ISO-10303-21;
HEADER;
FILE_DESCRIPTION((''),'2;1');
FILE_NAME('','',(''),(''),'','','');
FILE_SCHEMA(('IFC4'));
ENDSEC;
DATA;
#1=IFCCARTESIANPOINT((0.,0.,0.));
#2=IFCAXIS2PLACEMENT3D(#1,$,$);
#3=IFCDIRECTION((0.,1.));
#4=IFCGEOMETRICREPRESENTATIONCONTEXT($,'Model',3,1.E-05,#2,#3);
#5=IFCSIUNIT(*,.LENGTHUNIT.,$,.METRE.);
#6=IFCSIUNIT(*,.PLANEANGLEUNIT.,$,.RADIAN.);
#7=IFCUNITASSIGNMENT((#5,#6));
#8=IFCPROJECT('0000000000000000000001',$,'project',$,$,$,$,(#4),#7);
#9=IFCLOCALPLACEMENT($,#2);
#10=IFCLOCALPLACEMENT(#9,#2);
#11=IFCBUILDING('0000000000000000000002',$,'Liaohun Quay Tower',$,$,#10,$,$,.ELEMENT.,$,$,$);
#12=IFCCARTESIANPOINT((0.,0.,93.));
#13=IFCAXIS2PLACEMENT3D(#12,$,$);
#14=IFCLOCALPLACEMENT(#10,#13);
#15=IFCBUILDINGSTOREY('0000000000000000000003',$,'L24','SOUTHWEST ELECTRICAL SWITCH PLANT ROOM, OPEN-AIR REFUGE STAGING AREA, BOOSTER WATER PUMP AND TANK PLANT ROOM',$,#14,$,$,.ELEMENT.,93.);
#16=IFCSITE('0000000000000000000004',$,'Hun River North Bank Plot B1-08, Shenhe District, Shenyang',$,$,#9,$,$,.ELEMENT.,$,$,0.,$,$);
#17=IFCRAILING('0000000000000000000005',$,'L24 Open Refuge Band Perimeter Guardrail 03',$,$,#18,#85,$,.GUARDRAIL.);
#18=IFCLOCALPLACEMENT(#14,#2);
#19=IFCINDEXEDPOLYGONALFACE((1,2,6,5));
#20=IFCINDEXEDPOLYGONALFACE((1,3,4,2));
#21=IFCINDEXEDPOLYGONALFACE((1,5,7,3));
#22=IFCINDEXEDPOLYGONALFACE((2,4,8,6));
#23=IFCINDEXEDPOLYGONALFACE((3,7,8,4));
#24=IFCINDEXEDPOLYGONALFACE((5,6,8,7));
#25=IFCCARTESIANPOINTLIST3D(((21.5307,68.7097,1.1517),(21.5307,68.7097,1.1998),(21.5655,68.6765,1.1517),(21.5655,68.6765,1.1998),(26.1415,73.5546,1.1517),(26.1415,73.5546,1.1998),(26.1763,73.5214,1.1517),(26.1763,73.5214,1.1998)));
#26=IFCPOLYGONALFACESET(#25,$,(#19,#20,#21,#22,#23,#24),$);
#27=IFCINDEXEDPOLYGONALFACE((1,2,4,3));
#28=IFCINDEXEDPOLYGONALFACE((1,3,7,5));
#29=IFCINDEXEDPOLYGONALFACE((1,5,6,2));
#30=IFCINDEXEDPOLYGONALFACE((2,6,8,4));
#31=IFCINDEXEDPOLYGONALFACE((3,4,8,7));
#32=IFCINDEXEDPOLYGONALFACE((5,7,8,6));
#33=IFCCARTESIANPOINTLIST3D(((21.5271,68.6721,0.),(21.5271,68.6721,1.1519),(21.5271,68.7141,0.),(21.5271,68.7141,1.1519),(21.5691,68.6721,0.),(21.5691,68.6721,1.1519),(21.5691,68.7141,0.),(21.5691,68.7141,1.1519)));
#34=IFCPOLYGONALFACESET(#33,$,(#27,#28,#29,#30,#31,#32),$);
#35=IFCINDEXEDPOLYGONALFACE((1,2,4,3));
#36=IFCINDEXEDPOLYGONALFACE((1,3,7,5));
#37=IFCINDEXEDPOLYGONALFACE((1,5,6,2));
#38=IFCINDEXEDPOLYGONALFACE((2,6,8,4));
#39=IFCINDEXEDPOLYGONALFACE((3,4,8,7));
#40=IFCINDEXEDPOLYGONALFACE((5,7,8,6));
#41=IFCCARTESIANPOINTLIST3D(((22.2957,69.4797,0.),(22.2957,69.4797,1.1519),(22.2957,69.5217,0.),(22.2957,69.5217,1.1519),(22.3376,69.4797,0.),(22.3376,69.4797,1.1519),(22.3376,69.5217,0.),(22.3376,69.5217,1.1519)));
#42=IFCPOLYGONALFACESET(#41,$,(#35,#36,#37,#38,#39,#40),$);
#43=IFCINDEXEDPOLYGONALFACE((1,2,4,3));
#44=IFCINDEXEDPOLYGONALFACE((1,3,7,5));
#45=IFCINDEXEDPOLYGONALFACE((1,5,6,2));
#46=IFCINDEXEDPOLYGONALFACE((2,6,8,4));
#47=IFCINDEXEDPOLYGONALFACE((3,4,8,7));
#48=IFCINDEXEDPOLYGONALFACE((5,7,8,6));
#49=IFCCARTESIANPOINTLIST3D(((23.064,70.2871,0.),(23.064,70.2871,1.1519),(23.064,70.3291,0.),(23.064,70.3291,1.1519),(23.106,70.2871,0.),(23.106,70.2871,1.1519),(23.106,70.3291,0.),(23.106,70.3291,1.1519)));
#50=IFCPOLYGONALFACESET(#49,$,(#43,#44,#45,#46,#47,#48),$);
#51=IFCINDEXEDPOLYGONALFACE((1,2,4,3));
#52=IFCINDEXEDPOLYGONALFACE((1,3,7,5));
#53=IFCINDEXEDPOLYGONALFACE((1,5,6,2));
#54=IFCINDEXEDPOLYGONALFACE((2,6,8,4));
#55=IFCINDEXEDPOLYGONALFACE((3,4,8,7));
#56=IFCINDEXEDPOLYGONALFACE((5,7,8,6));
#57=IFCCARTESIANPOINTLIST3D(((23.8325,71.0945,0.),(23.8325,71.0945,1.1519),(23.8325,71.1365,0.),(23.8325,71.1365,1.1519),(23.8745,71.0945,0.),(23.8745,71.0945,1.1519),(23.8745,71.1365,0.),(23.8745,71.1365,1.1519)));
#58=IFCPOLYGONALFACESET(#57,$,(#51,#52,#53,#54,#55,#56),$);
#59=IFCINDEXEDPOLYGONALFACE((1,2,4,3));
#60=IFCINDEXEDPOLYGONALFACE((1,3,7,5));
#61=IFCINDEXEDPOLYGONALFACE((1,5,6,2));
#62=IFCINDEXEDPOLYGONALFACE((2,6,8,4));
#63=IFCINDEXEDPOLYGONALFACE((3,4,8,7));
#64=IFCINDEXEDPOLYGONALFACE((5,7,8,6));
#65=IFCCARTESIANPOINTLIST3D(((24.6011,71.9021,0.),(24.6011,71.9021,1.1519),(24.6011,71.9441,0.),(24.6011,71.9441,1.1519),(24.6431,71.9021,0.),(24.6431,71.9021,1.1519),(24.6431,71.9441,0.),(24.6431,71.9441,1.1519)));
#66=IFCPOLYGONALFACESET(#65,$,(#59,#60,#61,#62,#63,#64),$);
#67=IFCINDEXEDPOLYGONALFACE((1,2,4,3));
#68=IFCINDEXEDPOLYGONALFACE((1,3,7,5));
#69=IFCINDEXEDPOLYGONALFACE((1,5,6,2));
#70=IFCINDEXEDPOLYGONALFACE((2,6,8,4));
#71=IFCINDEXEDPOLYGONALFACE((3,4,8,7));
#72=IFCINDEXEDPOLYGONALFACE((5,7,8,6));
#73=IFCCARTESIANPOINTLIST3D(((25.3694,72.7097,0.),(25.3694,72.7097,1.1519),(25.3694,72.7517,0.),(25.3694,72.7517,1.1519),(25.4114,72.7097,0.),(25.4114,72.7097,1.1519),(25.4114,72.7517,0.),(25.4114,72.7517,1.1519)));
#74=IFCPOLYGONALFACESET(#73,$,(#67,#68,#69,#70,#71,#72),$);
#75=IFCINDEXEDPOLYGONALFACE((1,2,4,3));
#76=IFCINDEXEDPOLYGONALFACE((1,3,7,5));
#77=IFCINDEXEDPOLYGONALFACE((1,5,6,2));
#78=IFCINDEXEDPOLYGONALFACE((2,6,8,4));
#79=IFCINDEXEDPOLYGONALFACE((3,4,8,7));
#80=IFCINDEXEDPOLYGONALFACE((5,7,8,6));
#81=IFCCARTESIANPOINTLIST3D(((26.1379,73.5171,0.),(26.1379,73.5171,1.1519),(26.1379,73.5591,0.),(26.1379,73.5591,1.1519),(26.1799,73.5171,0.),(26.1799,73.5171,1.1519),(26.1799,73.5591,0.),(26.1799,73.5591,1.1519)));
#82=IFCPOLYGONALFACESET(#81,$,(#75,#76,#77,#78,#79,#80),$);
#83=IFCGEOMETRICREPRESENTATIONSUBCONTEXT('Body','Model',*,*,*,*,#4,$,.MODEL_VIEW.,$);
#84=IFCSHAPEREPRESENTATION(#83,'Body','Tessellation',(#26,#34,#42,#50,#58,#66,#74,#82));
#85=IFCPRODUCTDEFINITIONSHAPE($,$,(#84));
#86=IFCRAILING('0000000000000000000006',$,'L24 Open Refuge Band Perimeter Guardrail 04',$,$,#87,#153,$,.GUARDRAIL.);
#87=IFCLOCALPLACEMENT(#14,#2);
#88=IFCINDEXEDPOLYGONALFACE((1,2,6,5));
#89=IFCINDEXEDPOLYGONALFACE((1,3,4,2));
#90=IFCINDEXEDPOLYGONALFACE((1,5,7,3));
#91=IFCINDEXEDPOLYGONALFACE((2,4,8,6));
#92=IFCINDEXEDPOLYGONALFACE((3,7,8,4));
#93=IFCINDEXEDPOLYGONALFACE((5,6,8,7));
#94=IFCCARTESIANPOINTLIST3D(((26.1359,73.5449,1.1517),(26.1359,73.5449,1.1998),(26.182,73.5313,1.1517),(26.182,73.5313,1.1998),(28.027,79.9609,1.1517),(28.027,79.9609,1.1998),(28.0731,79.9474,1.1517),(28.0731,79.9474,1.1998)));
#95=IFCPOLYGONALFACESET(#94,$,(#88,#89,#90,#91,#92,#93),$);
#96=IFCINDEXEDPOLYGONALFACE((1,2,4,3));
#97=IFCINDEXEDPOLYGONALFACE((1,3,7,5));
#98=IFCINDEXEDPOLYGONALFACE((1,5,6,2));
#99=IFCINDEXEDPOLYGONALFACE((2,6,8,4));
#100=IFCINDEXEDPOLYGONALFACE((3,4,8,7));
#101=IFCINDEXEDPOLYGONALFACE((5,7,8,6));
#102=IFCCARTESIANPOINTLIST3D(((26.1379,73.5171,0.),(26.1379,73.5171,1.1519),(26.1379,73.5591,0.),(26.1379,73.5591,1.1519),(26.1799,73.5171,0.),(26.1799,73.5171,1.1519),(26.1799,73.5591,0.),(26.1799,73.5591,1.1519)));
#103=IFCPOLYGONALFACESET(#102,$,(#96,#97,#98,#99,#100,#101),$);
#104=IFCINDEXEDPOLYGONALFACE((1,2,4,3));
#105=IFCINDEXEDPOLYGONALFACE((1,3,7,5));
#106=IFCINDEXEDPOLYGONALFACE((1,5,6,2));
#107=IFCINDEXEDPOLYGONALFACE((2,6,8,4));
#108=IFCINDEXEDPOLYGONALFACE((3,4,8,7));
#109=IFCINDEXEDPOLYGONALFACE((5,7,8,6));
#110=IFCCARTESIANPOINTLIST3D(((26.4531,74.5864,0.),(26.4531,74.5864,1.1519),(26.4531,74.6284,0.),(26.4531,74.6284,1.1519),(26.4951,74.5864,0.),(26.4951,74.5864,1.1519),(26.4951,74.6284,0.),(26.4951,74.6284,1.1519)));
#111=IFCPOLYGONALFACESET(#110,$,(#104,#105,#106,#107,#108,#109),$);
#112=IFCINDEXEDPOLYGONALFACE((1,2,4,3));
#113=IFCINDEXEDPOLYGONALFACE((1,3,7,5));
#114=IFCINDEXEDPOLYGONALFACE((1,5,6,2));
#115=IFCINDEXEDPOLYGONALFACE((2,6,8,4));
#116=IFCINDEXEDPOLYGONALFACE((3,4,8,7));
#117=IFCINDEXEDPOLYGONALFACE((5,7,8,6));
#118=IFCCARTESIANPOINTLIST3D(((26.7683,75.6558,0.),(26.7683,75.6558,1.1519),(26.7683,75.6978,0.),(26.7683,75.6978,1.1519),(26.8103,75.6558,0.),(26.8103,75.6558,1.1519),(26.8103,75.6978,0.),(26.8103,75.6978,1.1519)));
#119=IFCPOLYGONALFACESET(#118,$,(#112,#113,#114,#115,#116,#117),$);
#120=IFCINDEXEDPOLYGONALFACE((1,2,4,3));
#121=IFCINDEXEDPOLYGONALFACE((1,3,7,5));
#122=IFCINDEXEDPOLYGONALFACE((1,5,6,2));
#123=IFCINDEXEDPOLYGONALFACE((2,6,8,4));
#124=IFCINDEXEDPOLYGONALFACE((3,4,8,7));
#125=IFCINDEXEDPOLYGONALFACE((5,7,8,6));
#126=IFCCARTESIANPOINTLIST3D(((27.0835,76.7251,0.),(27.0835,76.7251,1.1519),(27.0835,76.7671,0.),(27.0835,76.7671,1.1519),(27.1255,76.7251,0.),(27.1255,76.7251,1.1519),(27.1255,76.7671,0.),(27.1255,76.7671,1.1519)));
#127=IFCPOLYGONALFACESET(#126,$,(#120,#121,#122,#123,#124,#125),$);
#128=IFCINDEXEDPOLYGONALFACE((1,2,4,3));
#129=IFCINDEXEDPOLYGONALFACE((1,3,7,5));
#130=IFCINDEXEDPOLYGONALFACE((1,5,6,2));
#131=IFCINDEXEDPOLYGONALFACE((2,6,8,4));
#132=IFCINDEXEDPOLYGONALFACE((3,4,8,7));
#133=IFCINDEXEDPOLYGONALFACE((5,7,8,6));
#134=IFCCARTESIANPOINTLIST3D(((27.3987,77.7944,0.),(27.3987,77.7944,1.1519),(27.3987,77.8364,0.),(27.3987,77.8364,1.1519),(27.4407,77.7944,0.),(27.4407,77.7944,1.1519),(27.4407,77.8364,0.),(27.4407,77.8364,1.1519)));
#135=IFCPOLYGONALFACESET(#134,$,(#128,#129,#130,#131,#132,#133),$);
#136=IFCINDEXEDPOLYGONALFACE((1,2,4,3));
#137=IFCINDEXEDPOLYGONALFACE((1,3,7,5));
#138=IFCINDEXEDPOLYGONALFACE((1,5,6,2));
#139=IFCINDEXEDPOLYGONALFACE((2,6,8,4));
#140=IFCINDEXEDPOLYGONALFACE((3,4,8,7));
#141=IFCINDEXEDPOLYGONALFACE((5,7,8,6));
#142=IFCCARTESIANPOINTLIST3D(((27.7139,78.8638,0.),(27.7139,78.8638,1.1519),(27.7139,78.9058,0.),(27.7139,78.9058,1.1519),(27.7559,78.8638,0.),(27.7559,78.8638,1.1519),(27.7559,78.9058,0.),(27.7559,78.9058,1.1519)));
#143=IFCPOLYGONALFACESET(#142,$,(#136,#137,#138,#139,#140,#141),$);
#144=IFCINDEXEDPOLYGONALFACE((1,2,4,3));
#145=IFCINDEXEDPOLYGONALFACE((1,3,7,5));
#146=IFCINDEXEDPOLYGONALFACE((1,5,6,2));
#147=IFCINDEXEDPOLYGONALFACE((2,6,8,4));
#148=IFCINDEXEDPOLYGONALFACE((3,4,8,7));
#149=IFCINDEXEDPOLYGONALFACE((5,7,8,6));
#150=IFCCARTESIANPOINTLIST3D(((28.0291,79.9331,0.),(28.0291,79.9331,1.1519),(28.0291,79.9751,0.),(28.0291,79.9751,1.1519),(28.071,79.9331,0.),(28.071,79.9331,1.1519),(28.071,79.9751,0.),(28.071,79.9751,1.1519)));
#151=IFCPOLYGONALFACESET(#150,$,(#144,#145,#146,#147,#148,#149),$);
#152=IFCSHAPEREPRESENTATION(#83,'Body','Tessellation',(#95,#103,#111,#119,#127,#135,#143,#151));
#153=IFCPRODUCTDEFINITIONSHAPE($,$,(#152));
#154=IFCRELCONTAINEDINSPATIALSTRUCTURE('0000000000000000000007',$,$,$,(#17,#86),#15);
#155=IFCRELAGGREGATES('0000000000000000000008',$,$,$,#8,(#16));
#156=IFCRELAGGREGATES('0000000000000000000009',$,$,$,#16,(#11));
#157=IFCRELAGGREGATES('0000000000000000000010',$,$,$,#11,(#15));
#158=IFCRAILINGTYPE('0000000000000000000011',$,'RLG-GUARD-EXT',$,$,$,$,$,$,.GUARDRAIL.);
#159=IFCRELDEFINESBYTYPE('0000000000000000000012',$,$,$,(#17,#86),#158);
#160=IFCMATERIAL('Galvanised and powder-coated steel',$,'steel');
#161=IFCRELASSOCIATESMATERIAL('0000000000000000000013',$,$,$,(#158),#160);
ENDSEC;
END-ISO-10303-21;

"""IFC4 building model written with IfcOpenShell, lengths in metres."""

from ifc_helpers import new_model, si_unit, direction, frame, origin, origin_2d, place, context, subcontext, project, spatial, rectangle, extrude, material, type_object, element, save


model = new_model("IFC4")

# Units and contexts
model_context = context("Model", 3, precision=1e-05, world=origin(), true_north=direction((0.0, 1.0)))
body_context = subcontext(model_context, "Body", "Model", "MODEL_VIEW")
ifc_project = project(units=[si_unit("LENGTHUNIT", "METRE"), si_unit("PLANEANGLEUNIT", "RADIAN")], contexts=[model_context])

# Site, building, storey
site_placement = place(None, origin())
site = spatial("IfcSite", under=ifc_project, at=site_placement, Name="Hun River North Bank Plot B1-08, Shenhe District, Shenyang", CompositionType="ELEMENT", RefElevation=0.0)
building_placement = place(site_placement, origin())
building = spatial("IfcBuilding", under=site, at=building_placement, Name="Liaohun Quay Tower", CompositionType="ELEMENT")
storey_placement = place(building_placement, frame((0.0, 0.0, 93.0)))
storey = spatial("IfcBuildingStorey", under=building, at=storey_placement, Name="L24", Description="SOUTHWEST ELECTRICAL SWITCH PLANT ROOM, OPEN-AIR REFUGE STAGING AREA, BOOSTER WATER PUMP AND TANK PLANT ROOM", CompositionType="ELEMENT", Elevation=93.0)

# Railings
ifc_material_1 = material(Name="Galvanised and powder-coated steel", Category="steel")
railing_type = type_object("IfcRailingType", Name="RLG-GUARD-EXT", PredefinedType="GUARDRAIL", material=ifc_material_1)
railing_1_placement = place(storey_placement, frame((21.5481, 68.6931, 0.0)))
element("IfcRailing", 1, at=railing_1_placement, inside=storey, type_object=railing_type, Name="L24 Open Refuge Band Perimeter Guardrail 03", PredefinedType="GUARDRAIL", context=body_context, shape_type="SweptSolid", body=[
    extrude(rectangle(XDim=0.0481, YDim=0.0481, at=origin_2d()), frame((0.0, 0.0, 1.1758), z_axis=(0.689387, 0.724393, 0.0), x_axis=(-0.724393, 0.689387, 0.0)), (0.0, 0.0, 1.0), 6.6882),
    extrude(rectangle(XDim=0.042, YDim=0.042, at=origin_2d()), origin(), (0.0, 0.0, 1.0), 1.1519),
    extrude(rectangle(XDim=0.042, YDim=0.042, at=origin_2d()), frame((0.7686, 0.8076, 0.0)), (0.0, 0.0, 1.0), 1.1519),
    extrude(rectangle(XDim=0.042, YDim=0.042, at=origin_2d()), frame((1.5369, 1.615, 0.0)), (0.0, 0.0, 1.0), 1.1519),
    extrude(rectangle(XDim=0.042, YDim=0.042, at=origin_2d()), frame((2.3054, 2.4224, 0.0)), (0.0, 0.0, 1.0), 1.1519),
    extrude(rectangle(XDim=0.042, YDim=0.042, at=origin_2d()), frame((3.074, 3.23, 0.0)), (0.0, 0.0, 1.0), 1.1519),
    extrude(rectangle(XDim=0.042, YDim=0.042, at=origin_2d()), frame((3.8423, 4.0376, 0.0)), (0.0, 0.0, 1.0), 1.1519),
    extrude(rectangle(XDim=0.042, YDim=0.042, at=origin_2d()), frame((4.6108, 4.845, 0.0)), (0.0, 0.0, 1.0), 1.1519),
])
railing_2_placement = place(storey_placement, frame((26.1589, 73.5381, 0.0)))
element("IfcRailing", 2, at=railing_2_placement, inside=storey, type_object=railing_type, Name="L24 Open Refuge Band Perimeter Guardrail 04", PredefinedType="GUARDRAIL", context=body_context, shape_type="SweptSolid", body=[
    extrude(rectangle(XDim=0.0481, YDim=0.0481, at=origin_2d()), frame((0.0, 0.0, 1.1758), z_axis=(0.282724, 0.959201, 0.0), x_axis=(-0.959201, 0.282724, 0.0)), (0.0, 0.0, 1.0), 6.689),
    extrude(rectangle(XDim=0.042, YDim=0.042, at=origin_2d()), origin(), (0.0, 0.0, 1.0), 1.1519),
    extrude(rectangle(XDim=0.042, YDim=0.042, at=origin_2d()), frame((0.3152, 1.0693, 0.0)), (0.0, 0.0, 1.0), 1.1519),
    extrude(rectangle(XDim=0.042, YDim=0.042, at=origin_2d()), frame((0.6304, 2.1387, 0.0)), (0.0, 0.0, 1.0), 1.1519),
    extrude(rectangle(XDim=0.042, YDim=0.042, at=origin_2d()), frame((0.9456, 3.208, 0.0)), (0.0, 0.0, 1.0), 1.1519),
    extrude(rectangle(XDim=0.042, YDim=0.042, at=origin_2d()), frame((1.2607, 4.2773, 0.0)), (0.0, 0.0, 1.0), 1.1519),
    extrude(rectangle(XDim=0.042, YDim=0.042, at=origin_2d()), frame((1.5759, 5.3467, 0.0)), (0.0, 0.0, 1.0), 1.1519),
    extrude(rectangle(XDim=0.042, YDim=0.042, at=origin_2d()), frame((1.8911, 6.416, 0.0)), (0.0, 0.0, 1.0), 1.1519),
])

save(model, "model.ifc")
